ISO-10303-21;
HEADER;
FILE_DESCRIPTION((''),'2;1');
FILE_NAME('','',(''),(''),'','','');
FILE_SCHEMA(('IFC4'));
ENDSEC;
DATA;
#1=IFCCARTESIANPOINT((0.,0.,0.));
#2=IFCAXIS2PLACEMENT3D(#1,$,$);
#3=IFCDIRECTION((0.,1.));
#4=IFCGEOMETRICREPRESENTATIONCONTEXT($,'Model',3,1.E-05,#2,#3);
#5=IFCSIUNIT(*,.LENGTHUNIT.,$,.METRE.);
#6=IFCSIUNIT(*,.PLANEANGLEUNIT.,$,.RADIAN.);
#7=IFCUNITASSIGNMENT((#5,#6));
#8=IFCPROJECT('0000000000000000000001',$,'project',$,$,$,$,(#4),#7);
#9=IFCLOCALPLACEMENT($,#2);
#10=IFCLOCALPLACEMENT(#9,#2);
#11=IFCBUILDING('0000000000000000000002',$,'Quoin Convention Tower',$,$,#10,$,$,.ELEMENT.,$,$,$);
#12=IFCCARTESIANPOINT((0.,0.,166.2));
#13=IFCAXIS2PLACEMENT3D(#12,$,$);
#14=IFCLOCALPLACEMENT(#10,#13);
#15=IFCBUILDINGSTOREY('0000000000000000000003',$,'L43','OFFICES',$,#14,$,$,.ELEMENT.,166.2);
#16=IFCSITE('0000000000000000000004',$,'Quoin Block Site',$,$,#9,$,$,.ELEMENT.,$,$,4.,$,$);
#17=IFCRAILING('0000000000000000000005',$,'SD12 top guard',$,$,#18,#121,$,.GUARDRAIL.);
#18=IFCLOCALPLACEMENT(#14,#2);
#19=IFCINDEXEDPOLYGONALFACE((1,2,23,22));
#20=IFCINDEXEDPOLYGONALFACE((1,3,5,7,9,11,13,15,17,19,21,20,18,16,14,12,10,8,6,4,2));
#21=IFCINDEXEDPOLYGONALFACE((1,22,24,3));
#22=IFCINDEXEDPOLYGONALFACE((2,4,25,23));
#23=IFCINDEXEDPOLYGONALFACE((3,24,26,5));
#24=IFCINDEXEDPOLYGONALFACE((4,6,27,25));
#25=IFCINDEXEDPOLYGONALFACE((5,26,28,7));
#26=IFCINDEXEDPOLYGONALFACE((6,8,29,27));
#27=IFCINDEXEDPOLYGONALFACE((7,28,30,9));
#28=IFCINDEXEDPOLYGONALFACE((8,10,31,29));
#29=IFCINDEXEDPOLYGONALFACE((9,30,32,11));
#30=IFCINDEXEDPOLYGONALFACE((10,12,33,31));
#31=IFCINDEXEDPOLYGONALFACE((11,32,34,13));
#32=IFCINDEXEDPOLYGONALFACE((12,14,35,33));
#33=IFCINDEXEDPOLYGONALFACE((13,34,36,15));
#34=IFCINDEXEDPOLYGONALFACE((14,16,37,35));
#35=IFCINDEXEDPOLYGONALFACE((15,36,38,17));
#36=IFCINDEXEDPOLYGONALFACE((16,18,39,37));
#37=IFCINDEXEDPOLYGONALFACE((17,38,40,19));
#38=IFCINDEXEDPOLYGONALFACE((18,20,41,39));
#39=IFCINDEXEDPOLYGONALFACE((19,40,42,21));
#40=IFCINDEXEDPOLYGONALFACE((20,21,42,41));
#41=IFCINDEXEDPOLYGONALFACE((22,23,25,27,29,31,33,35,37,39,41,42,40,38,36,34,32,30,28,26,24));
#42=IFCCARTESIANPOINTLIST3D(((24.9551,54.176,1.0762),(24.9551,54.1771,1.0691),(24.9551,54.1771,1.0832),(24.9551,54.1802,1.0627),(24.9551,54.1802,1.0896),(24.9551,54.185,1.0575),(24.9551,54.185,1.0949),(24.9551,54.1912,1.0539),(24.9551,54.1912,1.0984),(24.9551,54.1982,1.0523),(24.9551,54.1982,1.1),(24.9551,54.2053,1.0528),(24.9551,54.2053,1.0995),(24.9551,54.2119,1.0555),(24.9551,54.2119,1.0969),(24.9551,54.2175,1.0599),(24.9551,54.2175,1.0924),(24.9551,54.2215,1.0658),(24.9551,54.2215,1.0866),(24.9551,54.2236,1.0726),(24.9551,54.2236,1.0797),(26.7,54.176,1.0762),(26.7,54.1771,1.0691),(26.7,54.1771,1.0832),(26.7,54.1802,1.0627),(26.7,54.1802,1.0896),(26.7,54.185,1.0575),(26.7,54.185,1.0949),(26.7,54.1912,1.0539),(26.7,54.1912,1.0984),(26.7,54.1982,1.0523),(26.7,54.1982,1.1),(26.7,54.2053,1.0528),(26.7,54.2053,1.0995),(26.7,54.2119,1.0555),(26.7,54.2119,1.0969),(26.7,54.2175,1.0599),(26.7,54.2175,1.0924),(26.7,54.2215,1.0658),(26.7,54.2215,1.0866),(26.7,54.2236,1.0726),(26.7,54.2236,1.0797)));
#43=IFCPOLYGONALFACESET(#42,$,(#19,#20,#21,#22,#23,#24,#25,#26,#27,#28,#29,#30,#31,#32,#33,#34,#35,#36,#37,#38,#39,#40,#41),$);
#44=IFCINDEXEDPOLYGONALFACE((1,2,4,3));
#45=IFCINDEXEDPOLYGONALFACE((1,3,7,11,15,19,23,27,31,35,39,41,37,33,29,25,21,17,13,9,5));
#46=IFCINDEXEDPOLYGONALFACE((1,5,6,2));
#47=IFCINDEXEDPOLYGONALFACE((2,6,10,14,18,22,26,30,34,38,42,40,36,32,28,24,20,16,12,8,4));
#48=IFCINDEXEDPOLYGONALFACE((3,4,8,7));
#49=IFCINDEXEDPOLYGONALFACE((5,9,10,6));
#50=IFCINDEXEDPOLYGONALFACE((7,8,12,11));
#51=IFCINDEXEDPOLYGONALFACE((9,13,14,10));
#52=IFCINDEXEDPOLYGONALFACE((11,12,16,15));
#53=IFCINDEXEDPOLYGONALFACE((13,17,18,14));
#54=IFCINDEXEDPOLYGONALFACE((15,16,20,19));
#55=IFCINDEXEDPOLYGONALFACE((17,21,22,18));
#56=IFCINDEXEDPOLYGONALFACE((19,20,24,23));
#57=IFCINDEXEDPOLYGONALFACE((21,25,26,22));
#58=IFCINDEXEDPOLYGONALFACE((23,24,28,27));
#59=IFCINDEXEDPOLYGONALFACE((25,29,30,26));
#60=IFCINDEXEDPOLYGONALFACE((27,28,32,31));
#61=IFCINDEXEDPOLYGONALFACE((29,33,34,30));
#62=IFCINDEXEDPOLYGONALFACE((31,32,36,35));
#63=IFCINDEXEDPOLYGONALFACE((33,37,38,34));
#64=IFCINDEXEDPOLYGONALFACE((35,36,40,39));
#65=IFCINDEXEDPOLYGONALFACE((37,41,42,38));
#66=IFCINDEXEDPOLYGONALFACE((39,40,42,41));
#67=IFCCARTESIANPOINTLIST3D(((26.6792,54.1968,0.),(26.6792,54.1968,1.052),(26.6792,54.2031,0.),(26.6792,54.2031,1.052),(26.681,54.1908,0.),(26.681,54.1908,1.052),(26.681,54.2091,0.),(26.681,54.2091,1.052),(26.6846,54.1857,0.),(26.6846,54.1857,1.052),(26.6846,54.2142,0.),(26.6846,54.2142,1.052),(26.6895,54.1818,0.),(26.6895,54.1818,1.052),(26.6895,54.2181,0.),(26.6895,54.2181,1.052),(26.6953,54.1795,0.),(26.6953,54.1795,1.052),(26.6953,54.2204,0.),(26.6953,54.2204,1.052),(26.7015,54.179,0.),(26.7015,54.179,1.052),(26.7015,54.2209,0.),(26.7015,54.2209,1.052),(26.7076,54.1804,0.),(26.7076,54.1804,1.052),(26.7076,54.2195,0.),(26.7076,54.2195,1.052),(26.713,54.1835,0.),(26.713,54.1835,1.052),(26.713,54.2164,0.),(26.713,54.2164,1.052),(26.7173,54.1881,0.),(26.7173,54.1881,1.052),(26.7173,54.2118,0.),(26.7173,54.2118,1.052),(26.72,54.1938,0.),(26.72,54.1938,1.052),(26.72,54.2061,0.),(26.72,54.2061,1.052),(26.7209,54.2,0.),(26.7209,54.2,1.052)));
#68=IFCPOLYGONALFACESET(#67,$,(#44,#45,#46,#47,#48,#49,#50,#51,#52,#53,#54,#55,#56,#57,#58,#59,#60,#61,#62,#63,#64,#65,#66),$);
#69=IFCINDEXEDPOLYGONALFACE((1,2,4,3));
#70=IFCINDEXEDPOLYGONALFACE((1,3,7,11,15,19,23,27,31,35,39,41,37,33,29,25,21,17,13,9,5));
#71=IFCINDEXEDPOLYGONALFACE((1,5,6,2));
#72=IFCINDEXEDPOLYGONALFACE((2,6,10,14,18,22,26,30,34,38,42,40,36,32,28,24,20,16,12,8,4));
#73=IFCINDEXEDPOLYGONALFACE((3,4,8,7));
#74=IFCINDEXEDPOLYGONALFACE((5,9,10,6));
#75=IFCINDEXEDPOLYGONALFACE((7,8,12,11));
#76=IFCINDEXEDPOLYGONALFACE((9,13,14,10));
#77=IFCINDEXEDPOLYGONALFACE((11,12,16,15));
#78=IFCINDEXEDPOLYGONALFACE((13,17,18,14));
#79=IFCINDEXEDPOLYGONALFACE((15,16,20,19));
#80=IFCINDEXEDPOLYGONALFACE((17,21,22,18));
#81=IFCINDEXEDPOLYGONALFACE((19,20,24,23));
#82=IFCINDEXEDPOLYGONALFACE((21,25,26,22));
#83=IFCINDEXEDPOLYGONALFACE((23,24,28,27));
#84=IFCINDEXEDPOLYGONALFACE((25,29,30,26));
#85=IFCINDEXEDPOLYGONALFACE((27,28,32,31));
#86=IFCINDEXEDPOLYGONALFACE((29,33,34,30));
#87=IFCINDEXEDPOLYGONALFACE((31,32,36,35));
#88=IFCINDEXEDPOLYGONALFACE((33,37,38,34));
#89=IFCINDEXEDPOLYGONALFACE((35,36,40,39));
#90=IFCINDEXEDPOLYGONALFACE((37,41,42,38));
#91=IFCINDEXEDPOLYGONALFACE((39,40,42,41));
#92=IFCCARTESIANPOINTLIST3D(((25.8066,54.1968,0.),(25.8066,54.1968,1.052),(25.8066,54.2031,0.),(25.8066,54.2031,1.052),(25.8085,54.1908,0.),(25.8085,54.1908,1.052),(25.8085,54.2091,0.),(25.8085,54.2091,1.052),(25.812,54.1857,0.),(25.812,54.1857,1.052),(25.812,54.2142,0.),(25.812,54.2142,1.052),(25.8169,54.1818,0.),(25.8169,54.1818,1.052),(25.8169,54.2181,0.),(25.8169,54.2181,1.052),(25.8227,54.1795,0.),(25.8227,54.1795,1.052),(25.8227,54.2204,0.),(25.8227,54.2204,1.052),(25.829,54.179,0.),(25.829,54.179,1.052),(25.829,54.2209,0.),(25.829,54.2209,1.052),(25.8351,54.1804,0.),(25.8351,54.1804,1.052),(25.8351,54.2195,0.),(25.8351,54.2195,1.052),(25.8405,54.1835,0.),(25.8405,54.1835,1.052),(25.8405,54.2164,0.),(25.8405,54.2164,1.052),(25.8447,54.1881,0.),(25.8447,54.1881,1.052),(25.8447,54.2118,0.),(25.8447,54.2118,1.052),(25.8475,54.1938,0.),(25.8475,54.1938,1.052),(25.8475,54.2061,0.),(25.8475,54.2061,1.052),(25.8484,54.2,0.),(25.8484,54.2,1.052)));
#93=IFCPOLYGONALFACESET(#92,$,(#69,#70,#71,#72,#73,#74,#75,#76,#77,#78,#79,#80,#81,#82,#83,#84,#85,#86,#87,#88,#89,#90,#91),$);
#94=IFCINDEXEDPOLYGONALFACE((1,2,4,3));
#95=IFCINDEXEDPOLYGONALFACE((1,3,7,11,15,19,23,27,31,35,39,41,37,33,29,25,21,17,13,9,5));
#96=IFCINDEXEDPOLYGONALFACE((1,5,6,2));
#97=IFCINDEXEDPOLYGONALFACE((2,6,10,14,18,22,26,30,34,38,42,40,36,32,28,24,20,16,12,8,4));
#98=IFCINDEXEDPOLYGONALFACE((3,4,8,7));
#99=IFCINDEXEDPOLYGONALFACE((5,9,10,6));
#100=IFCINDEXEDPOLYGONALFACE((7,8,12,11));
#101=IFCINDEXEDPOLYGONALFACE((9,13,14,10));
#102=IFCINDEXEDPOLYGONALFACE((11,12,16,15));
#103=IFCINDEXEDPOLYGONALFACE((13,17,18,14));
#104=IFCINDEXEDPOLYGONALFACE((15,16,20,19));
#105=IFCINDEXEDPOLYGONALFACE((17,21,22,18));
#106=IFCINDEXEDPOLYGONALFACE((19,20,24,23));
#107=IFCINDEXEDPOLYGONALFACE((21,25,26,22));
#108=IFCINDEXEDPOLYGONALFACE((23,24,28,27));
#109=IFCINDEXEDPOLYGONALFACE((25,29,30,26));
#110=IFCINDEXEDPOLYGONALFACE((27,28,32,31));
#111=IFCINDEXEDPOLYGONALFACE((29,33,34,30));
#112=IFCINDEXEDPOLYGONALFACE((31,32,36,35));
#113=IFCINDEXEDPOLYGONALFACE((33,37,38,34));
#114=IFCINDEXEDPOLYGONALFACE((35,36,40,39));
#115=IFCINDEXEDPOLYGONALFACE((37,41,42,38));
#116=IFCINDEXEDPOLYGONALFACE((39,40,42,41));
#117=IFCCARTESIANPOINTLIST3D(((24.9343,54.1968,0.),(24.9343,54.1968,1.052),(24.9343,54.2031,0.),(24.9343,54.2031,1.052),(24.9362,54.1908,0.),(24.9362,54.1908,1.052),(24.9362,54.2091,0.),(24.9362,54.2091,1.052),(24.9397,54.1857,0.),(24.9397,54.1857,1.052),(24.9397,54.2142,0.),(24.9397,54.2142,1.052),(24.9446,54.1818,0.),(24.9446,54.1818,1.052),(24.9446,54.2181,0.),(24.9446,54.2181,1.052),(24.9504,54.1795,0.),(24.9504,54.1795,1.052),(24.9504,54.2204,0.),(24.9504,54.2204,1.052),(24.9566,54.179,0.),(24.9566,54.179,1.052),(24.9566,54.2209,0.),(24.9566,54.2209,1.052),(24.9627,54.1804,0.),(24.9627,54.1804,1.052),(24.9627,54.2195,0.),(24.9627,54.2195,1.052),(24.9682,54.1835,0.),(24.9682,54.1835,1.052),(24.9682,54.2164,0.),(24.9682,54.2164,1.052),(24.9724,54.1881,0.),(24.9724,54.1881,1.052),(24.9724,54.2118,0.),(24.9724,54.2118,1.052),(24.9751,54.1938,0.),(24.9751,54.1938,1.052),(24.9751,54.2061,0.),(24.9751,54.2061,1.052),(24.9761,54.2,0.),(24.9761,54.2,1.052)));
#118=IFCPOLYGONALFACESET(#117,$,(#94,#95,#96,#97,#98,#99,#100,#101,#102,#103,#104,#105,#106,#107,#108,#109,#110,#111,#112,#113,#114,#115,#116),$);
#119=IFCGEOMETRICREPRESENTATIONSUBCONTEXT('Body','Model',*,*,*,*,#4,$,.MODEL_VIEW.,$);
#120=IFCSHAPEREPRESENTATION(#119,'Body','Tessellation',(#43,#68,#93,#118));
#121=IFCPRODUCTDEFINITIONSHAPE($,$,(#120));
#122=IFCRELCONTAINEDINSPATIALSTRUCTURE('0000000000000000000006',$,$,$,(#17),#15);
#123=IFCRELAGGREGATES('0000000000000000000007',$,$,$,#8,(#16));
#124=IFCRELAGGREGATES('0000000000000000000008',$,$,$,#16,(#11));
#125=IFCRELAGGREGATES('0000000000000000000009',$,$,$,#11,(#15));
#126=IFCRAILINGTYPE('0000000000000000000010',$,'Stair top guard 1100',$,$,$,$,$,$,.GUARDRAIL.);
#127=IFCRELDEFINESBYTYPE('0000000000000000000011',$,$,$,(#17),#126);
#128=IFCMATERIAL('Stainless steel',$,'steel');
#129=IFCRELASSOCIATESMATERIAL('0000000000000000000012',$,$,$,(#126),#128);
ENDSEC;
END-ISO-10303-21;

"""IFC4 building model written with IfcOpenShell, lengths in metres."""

from ifc_helpers import new_model, si_unit, direction, frame, origin, origin_2d, place, context, subcontext, project, spatial, circle, extrude, material, type_object, element, save


model = new_model("IFC4")

# Units and contexts
model_context = context("Model", 3, precision=1e-05, world=origin(), true_north=direction((0.0, 1.0)))
body_context = subcontext(model_context, "Body", "Model", "MODEL_VIEW")
ifc_project = project(units=[si_unit("LENGTHUNIT", "METRE"), si_unit("PLANEANGLEUNIT", "RADIAN")], contexts=[model_context])

# Site, building, storey
site_placement = place(None, origin())
site = spatial("IfcSite", under=ifc_project, at=site_placement, Name="Quoin Block Site", CompositionType="ELEMENT", RefElevation=4.0)
building_placement = place(site_placement, origin())
building = spatial("IfcBuilding", under=site, at=building_placement, Name="Quoin Convention Tower", CompositionType="ELEMENT")
storey_placement = place(building_placement, frame((0.0, 0.0, 166.2)))
storey = spatial("IfcBuildingStorey", under=building, at=storey_placement, Name="L43", Description="OFFICES", CompositionType="ELEMENT", Elevation=166.2)

# Railing
ifc_material_1 = material(Name="Stainless steel", Category="steel")
railing_type_1 = type_object("IfcRailingType", Name="Stair top guard 1100", PredefinedType="GUARDRAIL", material=ifc_material_1)
for number, where, name in (
    (1, (26.7, 54.2, 0.0), "SD12 top guard"),
):
    element("IfcRailing", number, at=place(storey_placement, frame(where)), inside=storey, type_object=railing_type_1, Name=name, PredefinedType="GUARDRAIL", context=body_context, shape_type="SweptSolid", body=[
        extrude(circle(Radius=0.0239, at=origin_2d()), frame((0.0, 0.0, 1.0762), z_axis=(-1.0, 0.0, 0.0), x_axis=(0.0, -1.0, 0.0)), (0.0, 0.0, 1.0), 1.7449),
        extrude(circle(Radius=0.021, at=origin_2d()), origin(), (0.0, 0.0, 1.0), 1.052),
        extrude(circle(Radius=0.021, at=origin_2d()), frame((-0.8726, 0.0, 0.0)), (0.0, 0.0, 1.0), 1.052),
        extrude(circle(Radius=0.021, at=origin_2d()), frame((-1.7449, 0.0, 0.0)), (0.0, 0.0, 1.0), 1.052),
    ])

save(model, "model.ifc")
